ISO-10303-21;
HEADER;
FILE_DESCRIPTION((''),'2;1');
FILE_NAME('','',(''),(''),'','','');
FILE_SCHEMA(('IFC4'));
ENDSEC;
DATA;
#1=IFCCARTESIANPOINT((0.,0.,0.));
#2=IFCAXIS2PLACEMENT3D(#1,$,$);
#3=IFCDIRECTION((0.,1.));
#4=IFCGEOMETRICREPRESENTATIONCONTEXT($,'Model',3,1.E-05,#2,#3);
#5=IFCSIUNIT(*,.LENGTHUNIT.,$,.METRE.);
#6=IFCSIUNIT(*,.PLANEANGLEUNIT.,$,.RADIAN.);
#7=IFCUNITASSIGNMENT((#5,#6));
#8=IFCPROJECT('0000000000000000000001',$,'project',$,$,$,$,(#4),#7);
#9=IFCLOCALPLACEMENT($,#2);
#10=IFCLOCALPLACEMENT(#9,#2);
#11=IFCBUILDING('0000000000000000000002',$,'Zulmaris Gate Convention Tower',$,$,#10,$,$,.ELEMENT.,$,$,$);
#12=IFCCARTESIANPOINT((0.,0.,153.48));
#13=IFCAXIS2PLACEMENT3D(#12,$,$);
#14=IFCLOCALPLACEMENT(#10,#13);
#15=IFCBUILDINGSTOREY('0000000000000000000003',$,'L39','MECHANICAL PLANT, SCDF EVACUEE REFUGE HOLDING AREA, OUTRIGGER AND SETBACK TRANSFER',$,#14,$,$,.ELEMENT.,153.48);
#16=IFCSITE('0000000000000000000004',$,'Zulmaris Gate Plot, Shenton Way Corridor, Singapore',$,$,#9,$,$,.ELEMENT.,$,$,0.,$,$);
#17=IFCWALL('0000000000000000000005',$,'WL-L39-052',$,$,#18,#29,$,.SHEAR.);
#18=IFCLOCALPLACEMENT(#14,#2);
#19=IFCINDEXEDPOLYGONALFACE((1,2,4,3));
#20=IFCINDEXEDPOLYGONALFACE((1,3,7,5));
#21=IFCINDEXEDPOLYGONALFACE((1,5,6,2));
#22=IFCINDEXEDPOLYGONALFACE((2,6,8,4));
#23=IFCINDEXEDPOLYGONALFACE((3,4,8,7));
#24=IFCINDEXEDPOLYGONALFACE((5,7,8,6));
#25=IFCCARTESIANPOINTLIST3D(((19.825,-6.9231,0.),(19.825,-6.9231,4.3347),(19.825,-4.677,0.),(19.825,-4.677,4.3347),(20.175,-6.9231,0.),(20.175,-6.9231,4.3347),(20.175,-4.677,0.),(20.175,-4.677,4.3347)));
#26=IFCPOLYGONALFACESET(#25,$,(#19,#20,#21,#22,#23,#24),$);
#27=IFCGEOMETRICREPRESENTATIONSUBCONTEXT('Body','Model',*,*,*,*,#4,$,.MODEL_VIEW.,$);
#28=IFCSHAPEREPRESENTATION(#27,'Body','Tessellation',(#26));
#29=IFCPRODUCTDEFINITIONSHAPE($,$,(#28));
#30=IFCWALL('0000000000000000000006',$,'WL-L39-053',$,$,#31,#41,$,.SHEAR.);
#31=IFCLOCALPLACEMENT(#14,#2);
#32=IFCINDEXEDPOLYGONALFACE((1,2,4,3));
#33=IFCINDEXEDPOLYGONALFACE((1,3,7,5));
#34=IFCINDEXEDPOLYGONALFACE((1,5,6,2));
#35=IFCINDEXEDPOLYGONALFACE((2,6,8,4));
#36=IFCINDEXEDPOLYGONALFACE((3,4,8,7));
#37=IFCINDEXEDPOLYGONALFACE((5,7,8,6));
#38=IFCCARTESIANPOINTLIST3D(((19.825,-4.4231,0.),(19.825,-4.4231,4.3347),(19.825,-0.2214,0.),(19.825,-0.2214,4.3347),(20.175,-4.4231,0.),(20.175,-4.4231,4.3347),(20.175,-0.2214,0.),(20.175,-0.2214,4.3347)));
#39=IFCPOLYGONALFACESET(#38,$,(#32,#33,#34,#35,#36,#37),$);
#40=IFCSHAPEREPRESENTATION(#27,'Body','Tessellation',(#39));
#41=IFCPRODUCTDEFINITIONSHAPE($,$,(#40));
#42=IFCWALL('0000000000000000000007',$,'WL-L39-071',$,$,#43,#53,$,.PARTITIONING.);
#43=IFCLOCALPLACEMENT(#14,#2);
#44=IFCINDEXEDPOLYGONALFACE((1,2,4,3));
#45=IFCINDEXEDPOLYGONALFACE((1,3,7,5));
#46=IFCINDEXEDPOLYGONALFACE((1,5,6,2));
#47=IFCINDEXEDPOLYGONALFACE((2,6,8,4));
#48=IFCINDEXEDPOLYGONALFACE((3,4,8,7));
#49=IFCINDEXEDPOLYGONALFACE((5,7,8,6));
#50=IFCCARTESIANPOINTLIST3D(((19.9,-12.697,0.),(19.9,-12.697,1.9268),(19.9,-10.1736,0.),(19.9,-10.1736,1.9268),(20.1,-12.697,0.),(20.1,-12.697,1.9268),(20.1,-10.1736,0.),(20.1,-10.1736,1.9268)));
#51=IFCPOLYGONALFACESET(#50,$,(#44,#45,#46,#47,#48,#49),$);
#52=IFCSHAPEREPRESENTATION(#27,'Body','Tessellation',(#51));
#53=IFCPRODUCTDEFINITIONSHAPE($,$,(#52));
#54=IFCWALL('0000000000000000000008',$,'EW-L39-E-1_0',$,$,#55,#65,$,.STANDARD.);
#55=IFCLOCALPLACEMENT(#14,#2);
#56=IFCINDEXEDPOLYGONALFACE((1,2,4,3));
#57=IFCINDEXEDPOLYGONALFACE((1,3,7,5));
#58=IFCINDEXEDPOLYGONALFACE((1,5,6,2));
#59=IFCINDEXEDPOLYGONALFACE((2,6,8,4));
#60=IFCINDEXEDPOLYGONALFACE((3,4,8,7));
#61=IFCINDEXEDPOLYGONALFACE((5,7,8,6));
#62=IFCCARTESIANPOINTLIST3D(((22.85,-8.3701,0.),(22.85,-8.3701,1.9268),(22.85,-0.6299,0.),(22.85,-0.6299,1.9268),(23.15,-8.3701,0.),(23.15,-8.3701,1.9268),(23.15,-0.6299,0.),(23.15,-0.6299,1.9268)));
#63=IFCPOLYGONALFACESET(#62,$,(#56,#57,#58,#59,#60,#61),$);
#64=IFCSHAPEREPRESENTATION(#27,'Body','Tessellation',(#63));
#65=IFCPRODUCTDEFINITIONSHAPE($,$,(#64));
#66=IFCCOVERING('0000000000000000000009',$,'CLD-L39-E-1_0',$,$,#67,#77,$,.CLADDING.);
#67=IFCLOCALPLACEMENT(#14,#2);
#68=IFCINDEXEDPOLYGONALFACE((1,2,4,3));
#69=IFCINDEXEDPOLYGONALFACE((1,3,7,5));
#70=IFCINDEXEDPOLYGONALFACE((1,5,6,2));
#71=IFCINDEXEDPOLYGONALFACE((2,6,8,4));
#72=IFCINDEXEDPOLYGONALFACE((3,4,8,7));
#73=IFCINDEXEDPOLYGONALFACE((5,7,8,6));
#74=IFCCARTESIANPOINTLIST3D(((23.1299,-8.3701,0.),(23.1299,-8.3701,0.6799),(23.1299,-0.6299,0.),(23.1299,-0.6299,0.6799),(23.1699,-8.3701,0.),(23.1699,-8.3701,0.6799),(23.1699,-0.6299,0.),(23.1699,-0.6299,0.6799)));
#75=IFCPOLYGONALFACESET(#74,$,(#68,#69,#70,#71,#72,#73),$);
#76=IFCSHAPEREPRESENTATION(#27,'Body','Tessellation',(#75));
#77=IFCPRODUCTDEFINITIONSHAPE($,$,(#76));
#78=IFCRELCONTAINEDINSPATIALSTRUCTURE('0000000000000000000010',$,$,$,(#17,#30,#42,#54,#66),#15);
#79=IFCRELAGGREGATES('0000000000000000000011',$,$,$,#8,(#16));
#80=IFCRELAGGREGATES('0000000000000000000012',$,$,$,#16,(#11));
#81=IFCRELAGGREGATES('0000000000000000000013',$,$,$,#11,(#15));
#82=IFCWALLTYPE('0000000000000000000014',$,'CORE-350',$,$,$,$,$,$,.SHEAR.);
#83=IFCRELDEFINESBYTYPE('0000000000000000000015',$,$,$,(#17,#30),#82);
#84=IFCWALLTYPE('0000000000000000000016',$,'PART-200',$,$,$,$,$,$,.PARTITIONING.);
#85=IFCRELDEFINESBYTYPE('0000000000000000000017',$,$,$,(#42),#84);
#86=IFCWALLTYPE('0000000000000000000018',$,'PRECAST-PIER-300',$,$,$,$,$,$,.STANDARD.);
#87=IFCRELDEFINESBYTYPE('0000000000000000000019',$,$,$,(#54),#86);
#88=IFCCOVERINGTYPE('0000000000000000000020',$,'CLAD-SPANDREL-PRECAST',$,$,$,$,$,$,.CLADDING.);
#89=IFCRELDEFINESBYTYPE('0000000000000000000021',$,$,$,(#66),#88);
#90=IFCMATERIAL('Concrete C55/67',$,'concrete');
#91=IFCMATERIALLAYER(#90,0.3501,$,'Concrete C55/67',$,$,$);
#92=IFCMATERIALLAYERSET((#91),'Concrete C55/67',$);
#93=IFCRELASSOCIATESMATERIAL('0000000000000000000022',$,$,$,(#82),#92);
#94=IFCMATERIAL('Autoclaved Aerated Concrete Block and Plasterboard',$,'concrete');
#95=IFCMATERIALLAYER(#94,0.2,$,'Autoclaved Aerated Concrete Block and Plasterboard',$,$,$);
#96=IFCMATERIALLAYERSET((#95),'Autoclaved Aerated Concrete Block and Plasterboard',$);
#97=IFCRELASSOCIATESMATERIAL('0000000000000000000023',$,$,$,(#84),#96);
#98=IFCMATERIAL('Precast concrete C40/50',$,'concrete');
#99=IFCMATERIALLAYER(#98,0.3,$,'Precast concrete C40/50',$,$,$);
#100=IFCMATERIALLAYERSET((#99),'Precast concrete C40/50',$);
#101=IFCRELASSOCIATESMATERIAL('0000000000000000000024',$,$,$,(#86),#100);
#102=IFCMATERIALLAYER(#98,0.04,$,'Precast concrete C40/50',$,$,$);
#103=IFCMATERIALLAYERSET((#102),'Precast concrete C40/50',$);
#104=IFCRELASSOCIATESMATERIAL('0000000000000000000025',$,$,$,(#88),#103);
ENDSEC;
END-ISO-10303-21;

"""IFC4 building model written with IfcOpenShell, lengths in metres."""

from ifc_helpers import new_model, si_unit, direction, frame, frame_2d, origin, place, context, subcontext, project, spatial, rectangle, extrude, material, layer, layer_set, type_object, element, save


model = new_model("IFC4")

# Units and contexts
model_context = context("Model", 3, precision=1e-05, world=origin(), true_north=direction((0.0, 1.0)))
body_context = subcontext(model_context, "Body", "Model", "MODEL_VIEW")
ifc_project = project(units=[si_unit("LENGTHUNIT", "METRE"), si_unit("PLANEANGLEUNIT", "RADIAN")], contexts=[model_context])

# Site, building, storey
site_placement = place(None, origin())
site = spatial("IfcSite", under=ifc_project, at=site_placement, Name="Zulmaris Gate Plot, Shenton Way Corridor, Singapore", CompositionType="ELEMENT", RefElevation=0.0)
building_placement = place(site_placement, origin())
building = spatial("IfcBuilding", under=site, at=building_placement, Name="Zulmaris Gate Convention Tower", CompositionType="ELEMENT")
storey_placement = place(building_placement, frame((0.0, 0.0, 153.48)))
storey = spatial("IfcBuildingStorey", under=building, at=storey_placement, Name="L39", Description="MECHANICAL PLANT, SCDF EVACUEE REFUGE HOLDING AREA, OUTRIGGER AND SETBACK TRANSFER", CompositionType="ELEMENT", Elevation=153.48)

# Walls
ifc_material_1 = material(Name="Concrete C55/67", Category="concrete")
ifc_layer_1 = layer(ifc_material_1, 0.3501, Name="Concrete C55/67")
ifc_layer_set_1 = layer_set([ifc_layer_1], Name="Concrete C55/67")
wall_type_1 = type_object("IfcWallType", Name="CORE-350", PredefinedType="SHEAR", material=ifc_layer_set_1)
wall_1_placement = place(storey_placement, frame((20.0, -6.9231, 0.0), z_axis=(0.0, 0.0, 1.0), x_axis=(0.0, 1.0, 0.0)))
element("IfcWall", 1, at=wall_1_placement, inside=storey, type_object=wall_type_1, Name="WL-L39-052", PredefinedType="SHEAR", context=body_context, shape_type="SweptSolid", body=[
    extrude(rectangle(XDim=2.2461, YDim=0.3501, at=frame_2d((1.123, 0.0))), origin(), (0.0, 0.0, 1.0), 4.3347),
])
wall_2_placement = place(storey_placement, frame((20.0, -4.4231, 0.0), z_axis=(0.0, 0.0, 1.0), x_axis=(0.0, 1.0, 0.0)))
element("IfcWall", 2, at=wall_2_placement, inside=storey, type_object=wall_type_1, Name="WL-L39-053", PredefinedType="SHEAR", context=body_context, shape_type="SweptSolid", body=[
    extrude(rectangle(XDim=4.2017, YDim=0.3501, at=frame_2d((2.1008, 0.0))), origin(), (0.0, 0.0, 1.0), 4.3347),
])
ifc_material_2 = material(Name="Autoclaved Aerated Concrete Block and Plasterboard", Category="concrete")
ifc_layer_2 = layer(ifc_material_2, 0.2, Name="Autoclaved Aerated Concrete Block and Plasterboard")
ifc_layer_set_2 = layer_set([ifc_layer_2], Name="Autoclaved Aerated Concrete Block and Plasterboard")
wall_type_2 = type_object("IfcWallType", Name="PART-200", PredefinedType="PARTITIONING", material=ifc_layer_set_2)
wall_3_placement = place(storey_placement, frame((20.0, -12.697, 0.0), z_axis=(0.0, 0.0, 1.0), x_axis=(0.0, 1.0, 0.0)))
element("IfcWall", 3, at=wall_3_placement, inside=storey, type_object=wall_type_2, Name="WL-L39-071", PredefinedType="PARTITIONING", context=body_context, shape_type="SweptSolid", body=[
    extrude(rectangle(XDim=2.5234, YDim=0.2, at=frame_2d((1.2617, 0.0))), origin(), (0.0, 0.0, 1.0), 1.9268),
])
ifc_material_3 = material(Name="Precast concrete C40/50", Category="concrete")
ifc_layer_3 = layer(ifc_material_3, 0.3, Name="Precast concrete C40/50")
ifc_layer_set_3 = layer_set([ifc_layer_3], Name="Precast concrete C40/50")
wall_type_3 = type_object("IfcWallType", Name="PRECAST-PIER-300", PredefinedType="STANDARD", material=ifc_layer_set_3)
wall_4_placement = place(storey_placement, frame((23.0, -8.3701, 0.0), z_axis=(0.0, 0.0, 1.0), x_axis=(0.0, 1.0, 0.0)))
element("IfcWall", 4, at=wall_4_placement, inside=storey, type_object=wall_type_3, Name="EW-L39-E-1_0", PredefinedType="STANDARD", context=body_context, shape_type="SweptSolid", body=[
    extrude(rectangle(XDim=7.7402, YDim=0.3, at=frame_2d((3.8701, 0.0))), origin(), (0.0, 0.0, 1.0), 1.9268),
])

# Covering
ifc_layer_4 = layer(ifc_material_3, 0.04, Name="Precast concrete C40/50")
ifc_layer_set_4 = layer_set([ifc_layer_4], Name="Precast concrete C40/50")
covering_type = type_object("IfcCoveringType", Name="CLAD-SPANDREL-PRECAST", PredefinedType="CLADDING", material=ifc_layer_set_4)
covering_placement = place(storey_placement, frame((23.1499, -8.3701, 0.0), z_axis=(0.0, 0.0, 1.0), x_axis=(0.0, 1.0, 0.0)))
element("IfcCovering", 5, at=covering_placement, inside=storey, type_object=covering_type, Name="CLD-L39-E-1_0", PredefinedType="CLADDING", context=body_context, shape_type="SweptSolid", body=[
    extrude(rectangle(XDim=7.7402, YDim=0.04, at=frame_2d((3.8701, 0.0))), origin(), (0.0, 0.0, 1.0), 0.6799),
])

save(model, "model.ifc")
